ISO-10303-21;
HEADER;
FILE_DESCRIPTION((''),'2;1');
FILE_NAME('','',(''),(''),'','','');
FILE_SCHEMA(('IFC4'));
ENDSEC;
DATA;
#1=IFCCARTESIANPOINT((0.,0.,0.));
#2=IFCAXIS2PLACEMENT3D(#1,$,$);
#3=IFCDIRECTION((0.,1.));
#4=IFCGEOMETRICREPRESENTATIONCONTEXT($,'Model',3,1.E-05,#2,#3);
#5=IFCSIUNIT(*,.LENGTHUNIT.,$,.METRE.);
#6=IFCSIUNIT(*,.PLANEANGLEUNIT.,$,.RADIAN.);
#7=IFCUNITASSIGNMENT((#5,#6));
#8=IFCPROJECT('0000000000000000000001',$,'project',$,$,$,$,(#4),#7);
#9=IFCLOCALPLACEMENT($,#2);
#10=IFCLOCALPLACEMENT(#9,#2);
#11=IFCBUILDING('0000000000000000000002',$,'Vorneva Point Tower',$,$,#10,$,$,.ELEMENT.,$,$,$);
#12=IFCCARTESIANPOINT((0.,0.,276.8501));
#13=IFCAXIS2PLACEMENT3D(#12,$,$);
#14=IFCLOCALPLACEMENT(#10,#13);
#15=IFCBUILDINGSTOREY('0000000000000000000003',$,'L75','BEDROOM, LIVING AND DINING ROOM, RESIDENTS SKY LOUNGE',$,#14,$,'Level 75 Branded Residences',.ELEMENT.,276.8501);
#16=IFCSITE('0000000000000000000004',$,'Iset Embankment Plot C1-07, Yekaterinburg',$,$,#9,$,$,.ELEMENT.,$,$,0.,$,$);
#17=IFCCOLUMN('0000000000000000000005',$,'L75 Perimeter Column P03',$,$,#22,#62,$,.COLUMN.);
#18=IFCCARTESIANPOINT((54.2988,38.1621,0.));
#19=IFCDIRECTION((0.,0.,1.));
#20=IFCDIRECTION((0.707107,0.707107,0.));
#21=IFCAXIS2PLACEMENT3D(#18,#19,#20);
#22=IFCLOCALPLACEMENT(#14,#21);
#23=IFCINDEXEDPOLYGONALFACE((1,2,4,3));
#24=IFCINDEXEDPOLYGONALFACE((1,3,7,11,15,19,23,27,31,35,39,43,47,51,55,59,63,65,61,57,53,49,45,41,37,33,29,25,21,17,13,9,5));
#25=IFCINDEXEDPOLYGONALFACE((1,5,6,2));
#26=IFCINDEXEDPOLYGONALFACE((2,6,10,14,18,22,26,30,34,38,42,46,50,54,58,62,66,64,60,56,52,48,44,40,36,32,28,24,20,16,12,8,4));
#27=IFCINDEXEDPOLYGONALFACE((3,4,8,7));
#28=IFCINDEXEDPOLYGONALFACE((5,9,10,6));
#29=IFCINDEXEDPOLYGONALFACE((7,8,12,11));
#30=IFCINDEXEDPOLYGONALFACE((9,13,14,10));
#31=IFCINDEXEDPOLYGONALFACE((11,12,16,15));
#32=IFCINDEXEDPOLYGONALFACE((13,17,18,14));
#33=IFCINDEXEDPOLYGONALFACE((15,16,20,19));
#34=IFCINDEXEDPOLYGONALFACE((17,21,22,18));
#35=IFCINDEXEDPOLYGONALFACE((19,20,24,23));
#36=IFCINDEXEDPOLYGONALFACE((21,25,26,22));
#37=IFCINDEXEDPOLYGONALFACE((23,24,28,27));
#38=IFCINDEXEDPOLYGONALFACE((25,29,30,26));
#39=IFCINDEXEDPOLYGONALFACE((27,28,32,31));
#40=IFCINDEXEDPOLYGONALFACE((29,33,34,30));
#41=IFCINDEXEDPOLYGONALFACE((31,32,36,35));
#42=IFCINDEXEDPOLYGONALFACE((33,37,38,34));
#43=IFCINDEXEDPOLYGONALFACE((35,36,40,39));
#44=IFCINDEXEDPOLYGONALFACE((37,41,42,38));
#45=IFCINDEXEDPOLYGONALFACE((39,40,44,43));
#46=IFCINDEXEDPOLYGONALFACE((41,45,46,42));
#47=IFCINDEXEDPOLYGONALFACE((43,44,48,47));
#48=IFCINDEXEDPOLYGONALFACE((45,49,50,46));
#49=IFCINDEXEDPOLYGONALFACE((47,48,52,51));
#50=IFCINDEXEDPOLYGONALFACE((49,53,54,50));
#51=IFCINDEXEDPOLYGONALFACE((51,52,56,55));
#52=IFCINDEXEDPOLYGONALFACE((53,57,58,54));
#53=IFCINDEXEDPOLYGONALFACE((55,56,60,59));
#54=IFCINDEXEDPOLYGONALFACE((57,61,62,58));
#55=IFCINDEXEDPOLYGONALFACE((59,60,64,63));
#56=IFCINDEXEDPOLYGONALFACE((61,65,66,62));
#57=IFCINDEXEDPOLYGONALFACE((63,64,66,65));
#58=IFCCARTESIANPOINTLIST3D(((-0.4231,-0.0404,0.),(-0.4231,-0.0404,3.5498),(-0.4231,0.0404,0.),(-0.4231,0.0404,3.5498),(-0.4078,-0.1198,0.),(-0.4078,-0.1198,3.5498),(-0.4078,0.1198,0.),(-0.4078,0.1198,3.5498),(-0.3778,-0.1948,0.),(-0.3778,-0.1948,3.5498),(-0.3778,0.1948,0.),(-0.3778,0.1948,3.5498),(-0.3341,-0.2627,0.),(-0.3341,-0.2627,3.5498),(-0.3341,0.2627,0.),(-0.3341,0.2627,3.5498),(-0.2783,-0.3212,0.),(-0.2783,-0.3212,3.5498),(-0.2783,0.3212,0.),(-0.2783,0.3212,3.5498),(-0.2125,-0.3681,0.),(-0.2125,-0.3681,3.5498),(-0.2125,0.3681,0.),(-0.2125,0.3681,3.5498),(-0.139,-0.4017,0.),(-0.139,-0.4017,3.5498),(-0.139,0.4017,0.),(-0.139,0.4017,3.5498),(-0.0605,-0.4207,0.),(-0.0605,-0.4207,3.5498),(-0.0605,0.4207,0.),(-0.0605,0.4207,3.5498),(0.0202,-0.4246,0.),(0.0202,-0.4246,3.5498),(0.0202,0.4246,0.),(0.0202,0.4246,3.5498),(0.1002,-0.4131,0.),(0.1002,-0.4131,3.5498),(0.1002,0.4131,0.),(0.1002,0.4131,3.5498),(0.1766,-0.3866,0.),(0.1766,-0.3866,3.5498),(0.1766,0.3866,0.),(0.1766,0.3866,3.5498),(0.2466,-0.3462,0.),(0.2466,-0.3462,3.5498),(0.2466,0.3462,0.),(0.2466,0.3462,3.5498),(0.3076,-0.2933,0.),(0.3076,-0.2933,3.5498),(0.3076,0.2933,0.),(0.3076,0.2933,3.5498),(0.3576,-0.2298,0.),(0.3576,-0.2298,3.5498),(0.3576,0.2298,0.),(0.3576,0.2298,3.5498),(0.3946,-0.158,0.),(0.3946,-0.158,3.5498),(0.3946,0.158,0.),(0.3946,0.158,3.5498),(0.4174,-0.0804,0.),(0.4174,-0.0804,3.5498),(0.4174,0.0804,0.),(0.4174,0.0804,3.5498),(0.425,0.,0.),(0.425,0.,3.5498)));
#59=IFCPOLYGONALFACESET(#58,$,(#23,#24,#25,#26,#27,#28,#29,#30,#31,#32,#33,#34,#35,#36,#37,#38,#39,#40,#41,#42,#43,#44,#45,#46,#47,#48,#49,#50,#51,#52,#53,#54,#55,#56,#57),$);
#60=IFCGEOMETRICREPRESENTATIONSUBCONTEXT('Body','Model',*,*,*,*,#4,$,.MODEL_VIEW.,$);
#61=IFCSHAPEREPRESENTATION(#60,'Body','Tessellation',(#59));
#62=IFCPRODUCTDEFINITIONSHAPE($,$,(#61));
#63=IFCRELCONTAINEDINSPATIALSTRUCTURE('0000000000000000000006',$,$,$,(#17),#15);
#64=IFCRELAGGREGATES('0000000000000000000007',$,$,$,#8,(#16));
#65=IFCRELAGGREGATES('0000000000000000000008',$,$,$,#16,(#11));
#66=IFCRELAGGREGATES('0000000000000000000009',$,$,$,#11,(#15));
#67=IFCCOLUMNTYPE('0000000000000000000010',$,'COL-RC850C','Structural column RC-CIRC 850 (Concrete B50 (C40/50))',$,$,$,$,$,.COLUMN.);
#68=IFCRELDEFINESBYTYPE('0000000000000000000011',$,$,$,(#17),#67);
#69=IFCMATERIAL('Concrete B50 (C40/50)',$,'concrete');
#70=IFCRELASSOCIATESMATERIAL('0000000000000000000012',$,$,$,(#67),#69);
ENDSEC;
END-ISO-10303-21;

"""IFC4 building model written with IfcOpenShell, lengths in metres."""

from ifc_helpers import new_model, si_unit, direction, frame, origin, origin_2d, place, context, subcontext, project, spatial, circle, extrude, material, material_profile, profile_set, type_object, element, save


model = new_model("IFC4")

# Units and contexts
model_context = context("Model", 3, precision=1e-05, world=origin(), true_north=direction((0.0, 1.0)))
body_context = subcontext(model_context, "Body", "Model", "MODEL_VIEW")
ifc_project = project(units=[si_unit("LENGTHUNIT", "METRE"), si_unit("PLANEANGLEUNIT", "RADIAN")], contexts=[model_context])

# Site, building, storey
site_placement = place(None, origin())
site = spatial("IfcSite", under=ifc_project, at=site_placement, Name="Iset Embankment Plot C1-07, Yekaterinburg", CompositionType="ELEMENT", RefElevation=0.0)
building_placement = place(site_placement, origin())
building = spatial("IfcBuilding", under=site, at=building_placement, Name="Vorneva Point Tower", CompositionType="ELEMENT")
storey_placement = place(building_placement, frame((0.0, 0.0, 276.8501)))
storey = spatial("IfcBuildingStorey", under=building, at=storey_placement, Name="L75", Description="BEDROOM, LIVING AND DINING ROOM, RESIDENTS SKY LOUNGE", LongName="Level 75 Branded Residences", CompositionType="ELEMENT", Elevation=276.8501)

# Column
ifc_material_1 = material(Name="Concrete B50 (C40/50)", Category="concrete")
ifc_material_profile_1 = material_profile(ifc_material_1, circle(Radius=0.425, at=origin_2d()), Name="RC-CIRC 850")
ifc_profile_set_1 = profile_set([ifc_material_profile_1], Name="Concrete B50 (C40/50)")
column_type_1 = type_object("IfcColumnType", Name="COL-RC850C", Description="Structural column RC-CIRC 850 (Concrete B50 (C40/50))", PredefinedType="COLUMN", material=ifc_profile_set_1)
for number, where, z_axis, x_axis, name in (
    (1, (54.2988, 38.1621, 0.0), (0.0, 0.0, 1.0), (0.707107, 0.707107, 0.0), "L75 Perimeter Column P03"),
):
    element("IfcColumn", number, at=place(storey_placement, frame(where, z_axis=z_axis, x_axis=x_axis)), inside=storey, type_object=column_type_1, Name=name, PredefinedType="COLUMN", context=body_context, shape_type="SweptSolid", body=[
        extrude(circle(Radius=0.425, at=origin_2d()), origin(), (0.0, 0.0, 1.0), 3.5498),
    ])

save(model, "model.ifc")
